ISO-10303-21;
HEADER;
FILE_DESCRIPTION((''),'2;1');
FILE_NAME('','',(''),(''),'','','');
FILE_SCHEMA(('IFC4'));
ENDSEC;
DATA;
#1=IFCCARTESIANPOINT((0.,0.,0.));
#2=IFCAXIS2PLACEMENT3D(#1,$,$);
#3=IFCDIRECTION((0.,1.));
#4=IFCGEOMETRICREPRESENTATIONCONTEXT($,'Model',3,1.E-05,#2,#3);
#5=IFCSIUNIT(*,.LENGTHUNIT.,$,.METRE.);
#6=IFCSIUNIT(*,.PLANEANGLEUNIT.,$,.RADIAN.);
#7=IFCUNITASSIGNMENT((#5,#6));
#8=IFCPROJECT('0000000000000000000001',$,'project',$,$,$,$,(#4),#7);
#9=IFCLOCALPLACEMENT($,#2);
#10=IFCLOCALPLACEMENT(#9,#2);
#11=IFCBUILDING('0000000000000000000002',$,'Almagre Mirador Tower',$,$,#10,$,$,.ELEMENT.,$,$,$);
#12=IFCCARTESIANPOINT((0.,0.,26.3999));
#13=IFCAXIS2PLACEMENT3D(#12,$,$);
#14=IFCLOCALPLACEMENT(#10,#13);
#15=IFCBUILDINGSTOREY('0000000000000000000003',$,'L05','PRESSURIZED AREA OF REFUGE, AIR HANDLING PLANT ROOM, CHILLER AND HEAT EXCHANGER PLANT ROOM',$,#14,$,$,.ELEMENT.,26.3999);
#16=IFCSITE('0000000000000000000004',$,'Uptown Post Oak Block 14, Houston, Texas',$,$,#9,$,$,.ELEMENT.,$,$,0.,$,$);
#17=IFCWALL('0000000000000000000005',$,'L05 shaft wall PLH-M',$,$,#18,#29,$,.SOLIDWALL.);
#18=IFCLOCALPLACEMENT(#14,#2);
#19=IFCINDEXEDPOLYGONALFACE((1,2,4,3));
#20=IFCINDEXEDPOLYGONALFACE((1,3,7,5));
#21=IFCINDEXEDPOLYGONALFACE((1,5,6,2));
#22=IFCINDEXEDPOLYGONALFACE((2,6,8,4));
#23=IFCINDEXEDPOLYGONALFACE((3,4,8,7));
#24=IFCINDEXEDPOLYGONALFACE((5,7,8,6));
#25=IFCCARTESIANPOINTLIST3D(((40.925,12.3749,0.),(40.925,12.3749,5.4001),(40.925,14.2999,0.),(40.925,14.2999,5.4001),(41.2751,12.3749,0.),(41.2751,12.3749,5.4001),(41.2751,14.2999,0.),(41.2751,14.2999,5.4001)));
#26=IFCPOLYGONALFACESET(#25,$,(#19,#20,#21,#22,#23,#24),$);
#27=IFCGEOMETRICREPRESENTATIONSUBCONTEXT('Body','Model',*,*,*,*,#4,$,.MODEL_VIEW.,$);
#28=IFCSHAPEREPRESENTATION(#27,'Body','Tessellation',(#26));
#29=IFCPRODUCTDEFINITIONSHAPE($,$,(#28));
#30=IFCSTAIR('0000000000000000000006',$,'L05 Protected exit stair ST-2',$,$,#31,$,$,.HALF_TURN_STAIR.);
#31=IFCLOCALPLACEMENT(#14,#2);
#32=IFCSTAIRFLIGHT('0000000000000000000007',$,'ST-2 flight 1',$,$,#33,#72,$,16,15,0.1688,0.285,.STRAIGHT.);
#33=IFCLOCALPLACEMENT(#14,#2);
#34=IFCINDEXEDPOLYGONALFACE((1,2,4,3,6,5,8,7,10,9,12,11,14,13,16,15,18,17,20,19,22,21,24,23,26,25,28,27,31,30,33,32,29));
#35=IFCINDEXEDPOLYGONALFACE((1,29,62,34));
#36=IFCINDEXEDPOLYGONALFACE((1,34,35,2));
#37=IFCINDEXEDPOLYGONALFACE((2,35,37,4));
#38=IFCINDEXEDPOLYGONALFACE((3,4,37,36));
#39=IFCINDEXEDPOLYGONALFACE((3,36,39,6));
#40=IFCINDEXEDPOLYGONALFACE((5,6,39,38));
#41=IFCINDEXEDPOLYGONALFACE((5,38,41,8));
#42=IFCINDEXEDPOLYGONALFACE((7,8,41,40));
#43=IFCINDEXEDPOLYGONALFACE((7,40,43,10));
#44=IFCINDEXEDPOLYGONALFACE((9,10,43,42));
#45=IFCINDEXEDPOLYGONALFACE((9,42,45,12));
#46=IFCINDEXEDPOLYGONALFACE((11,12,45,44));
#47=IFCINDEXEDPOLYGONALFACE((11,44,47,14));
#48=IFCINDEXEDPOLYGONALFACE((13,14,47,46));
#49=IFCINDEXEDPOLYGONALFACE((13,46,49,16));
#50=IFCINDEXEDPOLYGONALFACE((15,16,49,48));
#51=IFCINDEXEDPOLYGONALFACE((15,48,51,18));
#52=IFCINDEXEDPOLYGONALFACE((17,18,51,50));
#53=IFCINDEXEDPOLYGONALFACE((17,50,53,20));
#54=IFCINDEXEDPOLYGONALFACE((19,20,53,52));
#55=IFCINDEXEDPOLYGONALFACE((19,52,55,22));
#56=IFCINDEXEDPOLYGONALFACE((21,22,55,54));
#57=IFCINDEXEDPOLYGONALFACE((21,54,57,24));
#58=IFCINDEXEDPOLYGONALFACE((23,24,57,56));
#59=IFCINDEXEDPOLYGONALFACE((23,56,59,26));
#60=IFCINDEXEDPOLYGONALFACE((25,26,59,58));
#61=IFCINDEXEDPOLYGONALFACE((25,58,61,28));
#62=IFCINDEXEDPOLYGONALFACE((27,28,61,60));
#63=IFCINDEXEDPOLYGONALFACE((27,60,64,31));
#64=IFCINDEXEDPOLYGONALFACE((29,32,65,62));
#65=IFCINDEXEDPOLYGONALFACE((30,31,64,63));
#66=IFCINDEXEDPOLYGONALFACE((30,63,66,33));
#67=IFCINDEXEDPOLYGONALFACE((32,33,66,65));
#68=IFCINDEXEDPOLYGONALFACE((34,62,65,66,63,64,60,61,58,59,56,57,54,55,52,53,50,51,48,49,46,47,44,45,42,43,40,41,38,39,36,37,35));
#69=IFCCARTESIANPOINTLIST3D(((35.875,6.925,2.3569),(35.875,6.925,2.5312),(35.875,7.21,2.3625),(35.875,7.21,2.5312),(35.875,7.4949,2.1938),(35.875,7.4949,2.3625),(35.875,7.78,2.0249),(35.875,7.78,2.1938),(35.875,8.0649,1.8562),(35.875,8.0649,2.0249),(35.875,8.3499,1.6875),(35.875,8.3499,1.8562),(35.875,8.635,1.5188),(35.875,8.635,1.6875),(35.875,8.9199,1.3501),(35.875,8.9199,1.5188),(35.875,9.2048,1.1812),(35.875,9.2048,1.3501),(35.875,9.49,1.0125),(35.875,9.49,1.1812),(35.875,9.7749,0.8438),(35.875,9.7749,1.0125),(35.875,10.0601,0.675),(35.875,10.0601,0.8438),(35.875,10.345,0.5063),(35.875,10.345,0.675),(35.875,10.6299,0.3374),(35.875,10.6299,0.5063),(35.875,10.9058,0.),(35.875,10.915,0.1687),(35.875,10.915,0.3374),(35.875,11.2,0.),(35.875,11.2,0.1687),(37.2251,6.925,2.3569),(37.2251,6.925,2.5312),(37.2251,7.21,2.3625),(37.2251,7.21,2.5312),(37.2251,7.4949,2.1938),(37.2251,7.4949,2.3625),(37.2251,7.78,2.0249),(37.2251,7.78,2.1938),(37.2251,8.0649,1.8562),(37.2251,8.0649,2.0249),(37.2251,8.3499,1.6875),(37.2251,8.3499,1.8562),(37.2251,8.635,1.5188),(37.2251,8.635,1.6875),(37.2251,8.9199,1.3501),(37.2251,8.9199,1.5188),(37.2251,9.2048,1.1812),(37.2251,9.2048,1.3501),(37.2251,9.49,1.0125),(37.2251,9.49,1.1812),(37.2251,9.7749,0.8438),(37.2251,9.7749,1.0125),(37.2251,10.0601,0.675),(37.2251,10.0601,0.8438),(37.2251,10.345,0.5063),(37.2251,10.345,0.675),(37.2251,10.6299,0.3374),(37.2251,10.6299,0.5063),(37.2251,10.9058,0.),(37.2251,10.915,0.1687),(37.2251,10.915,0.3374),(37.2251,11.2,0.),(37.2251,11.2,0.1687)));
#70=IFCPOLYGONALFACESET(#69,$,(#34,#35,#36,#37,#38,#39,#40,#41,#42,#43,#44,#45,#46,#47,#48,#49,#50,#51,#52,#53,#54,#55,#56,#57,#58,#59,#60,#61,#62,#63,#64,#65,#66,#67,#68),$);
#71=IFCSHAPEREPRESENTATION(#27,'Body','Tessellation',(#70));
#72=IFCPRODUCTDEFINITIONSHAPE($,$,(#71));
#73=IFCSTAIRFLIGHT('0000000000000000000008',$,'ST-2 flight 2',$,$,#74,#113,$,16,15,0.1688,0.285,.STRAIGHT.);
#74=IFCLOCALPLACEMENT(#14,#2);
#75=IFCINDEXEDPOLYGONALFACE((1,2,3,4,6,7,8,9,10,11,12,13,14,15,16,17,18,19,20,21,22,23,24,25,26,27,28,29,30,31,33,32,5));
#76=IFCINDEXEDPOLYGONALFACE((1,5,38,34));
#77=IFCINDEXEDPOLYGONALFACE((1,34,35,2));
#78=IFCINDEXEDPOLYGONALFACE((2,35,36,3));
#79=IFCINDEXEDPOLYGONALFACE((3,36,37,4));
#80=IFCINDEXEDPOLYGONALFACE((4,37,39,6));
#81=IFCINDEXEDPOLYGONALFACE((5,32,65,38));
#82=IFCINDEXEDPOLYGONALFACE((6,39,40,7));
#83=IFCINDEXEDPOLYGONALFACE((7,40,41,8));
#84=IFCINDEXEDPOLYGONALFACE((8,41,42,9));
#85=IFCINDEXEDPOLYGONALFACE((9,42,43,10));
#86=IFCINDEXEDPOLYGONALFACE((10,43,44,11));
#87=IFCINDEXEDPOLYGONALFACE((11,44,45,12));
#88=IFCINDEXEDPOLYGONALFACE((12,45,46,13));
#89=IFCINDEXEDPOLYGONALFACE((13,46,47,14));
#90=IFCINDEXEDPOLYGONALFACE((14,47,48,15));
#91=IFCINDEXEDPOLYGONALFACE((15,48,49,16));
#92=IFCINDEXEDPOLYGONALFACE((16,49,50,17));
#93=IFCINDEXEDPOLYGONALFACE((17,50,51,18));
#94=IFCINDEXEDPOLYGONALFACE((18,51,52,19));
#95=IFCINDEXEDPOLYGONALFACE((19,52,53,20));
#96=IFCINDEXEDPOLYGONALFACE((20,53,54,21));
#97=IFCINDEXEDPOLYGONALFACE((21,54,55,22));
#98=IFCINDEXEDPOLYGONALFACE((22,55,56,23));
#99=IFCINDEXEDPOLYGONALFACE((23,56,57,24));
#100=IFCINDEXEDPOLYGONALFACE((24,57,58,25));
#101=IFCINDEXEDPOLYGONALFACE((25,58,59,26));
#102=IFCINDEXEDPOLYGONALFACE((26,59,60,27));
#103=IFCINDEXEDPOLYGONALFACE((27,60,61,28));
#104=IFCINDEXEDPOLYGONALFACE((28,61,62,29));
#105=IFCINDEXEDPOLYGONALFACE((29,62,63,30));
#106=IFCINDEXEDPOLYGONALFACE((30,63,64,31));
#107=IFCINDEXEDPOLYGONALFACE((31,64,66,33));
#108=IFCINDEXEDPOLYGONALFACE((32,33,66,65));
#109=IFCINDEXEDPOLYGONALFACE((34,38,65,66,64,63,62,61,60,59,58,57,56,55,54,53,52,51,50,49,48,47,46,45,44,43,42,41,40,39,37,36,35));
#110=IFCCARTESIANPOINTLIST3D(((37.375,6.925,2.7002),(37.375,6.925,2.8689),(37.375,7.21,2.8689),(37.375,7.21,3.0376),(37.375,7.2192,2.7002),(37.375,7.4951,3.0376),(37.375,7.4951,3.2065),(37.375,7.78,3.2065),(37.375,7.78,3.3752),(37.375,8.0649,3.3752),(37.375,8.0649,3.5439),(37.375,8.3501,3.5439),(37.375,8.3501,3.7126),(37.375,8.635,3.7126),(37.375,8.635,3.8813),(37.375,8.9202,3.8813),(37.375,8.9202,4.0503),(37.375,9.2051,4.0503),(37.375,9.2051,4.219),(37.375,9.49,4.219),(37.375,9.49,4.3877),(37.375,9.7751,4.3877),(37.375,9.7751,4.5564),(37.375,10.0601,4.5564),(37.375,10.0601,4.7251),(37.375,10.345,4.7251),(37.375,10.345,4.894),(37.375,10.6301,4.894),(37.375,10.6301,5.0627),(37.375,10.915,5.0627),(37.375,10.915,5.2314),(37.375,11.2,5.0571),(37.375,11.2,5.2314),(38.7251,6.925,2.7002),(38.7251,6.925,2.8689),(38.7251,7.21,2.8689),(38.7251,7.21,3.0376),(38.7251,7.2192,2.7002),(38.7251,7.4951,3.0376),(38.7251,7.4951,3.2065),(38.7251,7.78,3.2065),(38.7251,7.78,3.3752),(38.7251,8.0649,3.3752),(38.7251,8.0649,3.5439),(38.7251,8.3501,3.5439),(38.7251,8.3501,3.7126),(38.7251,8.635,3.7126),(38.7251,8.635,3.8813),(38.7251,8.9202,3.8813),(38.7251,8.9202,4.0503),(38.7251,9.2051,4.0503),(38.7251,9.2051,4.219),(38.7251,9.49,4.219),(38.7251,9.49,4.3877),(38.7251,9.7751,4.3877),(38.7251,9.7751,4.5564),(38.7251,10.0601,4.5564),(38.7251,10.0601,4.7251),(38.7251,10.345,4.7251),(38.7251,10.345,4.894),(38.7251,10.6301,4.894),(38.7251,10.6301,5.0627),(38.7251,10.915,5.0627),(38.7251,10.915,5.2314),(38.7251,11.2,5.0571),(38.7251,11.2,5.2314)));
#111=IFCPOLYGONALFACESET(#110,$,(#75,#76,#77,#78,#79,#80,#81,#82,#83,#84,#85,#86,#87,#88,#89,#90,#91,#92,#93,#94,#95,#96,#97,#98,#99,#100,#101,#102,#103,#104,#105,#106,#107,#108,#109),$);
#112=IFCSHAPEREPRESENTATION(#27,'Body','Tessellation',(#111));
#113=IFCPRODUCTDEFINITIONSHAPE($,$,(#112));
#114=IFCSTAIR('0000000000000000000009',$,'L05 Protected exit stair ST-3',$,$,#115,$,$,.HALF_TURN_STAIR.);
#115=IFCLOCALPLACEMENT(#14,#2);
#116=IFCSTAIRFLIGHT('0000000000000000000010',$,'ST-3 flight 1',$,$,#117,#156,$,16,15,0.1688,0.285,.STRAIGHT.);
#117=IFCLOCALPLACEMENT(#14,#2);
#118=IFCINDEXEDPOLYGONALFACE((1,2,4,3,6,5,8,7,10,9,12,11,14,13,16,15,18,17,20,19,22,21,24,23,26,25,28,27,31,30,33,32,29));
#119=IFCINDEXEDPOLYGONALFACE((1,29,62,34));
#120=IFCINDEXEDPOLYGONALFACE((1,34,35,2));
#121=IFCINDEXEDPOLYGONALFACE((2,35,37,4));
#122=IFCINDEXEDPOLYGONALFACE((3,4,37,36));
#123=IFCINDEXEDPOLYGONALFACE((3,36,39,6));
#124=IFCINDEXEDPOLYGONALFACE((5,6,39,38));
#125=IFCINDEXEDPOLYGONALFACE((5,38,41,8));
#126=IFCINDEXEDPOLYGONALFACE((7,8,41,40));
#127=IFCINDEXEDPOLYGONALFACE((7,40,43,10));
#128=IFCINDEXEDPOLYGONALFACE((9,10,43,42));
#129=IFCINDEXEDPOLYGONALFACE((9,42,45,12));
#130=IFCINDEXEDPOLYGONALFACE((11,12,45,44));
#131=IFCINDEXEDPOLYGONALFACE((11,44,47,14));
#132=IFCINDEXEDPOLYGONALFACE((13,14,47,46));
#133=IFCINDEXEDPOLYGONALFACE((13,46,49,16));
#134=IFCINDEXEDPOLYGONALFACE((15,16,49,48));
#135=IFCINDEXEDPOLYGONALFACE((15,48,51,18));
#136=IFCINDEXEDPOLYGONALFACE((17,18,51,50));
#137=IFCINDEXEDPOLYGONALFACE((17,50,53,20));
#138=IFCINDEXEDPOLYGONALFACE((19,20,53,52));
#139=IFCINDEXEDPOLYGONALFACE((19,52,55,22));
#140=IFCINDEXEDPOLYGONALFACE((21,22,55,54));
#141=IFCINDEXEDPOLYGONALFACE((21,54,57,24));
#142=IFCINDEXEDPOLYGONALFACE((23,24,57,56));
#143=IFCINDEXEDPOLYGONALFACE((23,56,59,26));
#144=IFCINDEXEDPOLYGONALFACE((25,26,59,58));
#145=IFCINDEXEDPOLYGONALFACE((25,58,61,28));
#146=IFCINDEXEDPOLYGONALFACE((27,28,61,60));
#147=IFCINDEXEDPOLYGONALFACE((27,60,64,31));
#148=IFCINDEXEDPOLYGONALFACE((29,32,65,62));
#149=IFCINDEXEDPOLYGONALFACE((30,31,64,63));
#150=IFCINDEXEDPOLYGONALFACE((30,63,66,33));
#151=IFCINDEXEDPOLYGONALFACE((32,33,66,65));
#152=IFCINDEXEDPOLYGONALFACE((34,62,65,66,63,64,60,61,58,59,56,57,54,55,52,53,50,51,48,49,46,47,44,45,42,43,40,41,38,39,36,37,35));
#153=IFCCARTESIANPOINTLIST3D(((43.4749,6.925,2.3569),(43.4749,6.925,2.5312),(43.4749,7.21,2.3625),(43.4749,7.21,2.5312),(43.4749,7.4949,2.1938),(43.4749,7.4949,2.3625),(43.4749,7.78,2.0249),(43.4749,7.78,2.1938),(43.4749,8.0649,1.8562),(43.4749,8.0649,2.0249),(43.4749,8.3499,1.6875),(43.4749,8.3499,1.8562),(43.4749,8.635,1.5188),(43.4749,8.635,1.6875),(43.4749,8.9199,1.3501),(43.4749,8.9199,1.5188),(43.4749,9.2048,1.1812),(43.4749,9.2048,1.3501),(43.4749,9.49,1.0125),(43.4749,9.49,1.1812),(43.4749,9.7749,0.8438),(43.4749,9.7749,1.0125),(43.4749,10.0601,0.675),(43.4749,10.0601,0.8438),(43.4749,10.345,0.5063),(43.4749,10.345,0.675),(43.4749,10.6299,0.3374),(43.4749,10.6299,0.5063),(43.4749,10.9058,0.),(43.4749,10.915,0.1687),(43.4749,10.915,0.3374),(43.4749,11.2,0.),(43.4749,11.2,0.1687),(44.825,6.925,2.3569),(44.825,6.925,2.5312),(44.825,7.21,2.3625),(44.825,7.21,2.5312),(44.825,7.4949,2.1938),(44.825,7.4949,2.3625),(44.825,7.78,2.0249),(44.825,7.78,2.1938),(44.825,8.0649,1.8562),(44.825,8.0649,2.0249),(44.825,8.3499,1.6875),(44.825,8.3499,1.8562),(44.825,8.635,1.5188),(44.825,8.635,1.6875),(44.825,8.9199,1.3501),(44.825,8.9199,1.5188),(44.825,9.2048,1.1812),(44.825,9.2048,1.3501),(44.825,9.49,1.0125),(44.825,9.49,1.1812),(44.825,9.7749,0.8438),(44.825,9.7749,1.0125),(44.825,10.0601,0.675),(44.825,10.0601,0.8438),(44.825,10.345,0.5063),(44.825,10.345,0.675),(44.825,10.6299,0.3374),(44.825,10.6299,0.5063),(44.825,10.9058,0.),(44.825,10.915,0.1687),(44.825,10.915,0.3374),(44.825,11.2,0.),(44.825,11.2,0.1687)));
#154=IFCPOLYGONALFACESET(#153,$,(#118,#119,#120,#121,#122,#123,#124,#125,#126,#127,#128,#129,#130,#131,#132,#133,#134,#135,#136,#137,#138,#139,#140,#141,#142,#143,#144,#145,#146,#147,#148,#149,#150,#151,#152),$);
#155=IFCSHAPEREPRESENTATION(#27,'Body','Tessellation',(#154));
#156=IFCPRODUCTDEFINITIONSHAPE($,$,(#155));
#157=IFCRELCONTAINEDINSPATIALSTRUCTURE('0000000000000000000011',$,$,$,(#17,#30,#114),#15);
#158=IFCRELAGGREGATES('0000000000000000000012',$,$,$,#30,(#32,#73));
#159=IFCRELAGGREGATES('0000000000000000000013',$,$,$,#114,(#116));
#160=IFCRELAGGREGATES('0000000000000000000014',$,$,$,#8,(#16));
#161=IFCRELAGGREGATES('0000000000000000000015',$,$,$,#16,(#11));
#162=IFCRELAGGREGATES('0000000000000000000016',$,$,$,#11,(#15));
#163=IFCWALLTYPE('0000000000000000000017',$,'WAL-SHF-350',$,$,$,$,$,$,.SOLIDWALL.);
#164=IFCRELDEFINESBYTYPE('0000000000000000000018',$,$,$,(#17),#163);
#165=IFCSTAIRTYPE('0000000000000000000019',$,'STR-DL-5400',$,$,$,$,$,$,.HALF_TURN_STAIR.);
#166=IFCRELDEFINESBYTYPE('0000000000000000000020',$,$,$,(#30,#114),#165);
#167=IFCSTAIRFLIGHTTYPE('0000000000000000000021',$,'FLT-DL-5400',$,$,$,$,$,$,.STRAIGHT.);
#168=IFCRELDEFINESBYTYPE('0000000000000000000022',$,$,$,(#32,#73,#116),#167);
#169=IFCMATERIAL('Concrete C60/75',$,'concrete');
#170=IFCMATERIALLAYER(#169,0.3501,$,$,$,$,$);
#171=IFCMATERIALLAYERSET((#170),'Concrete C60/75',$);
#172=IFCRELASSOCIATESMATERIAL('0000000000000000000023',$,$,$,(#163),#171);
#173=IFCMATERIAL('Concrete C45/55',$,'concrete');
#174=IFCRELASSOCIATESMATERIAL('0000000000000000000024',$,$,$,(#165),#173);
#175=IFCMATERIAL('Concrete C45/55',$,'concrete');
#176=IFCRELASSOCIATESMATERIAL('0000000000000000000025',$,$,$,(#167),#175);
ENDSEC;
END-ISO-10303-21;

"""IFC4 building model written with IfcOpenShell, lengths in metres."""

from ifc_helpers import new_model, si_unit, direction, frame, frame_2d, origin, place, context, subcontext, project, spatial, polyline, rectangle, outline, extrude, material, layer, layer_set, type_object, element, aggregate, save


model = new_model("IFC4")

# Units and contexts
model_context = context("Model", 3, precision=1e-05, world=origin(), true_north=direction((0.0, 1.0)))
body_context = subcontext(model_context, "Body", "Model", "MODEL_VIEW")
ifc_project = project(units=[si_unit("LENGTHUNIT", "METRE"), si_unit("PLANEANGLEUNIT", "RADIAN")], contexts=[model_context])

# Site, building, storey
site_placement = place(None, origin())
site = spatial("IfcSite", under=ifc_project, at=site_placement, Name="Uptown Post Oak Block 14, Houston, Texas", CompositionType="ELEMENT", RefElevation=0.0)
building_placement = place(site_placement, origin())
building = spatial("IfcBuilding", under=site, at=building_placement, Name="Almagre Mirador Tower", CompositionType="ELEMENT")
storey_placement = place(building_placement, frame((0.0, 0.0, 26.3999)))
storey = spatial("IfcBuildingStorey", under=building, at=storey_placement, Name="L05", Description="PRESSURIZED AREA OF REFUGE, AIR HANDLING PLANT ROOM, CHILLER AND HEAT EXCHANGER PLANT ROOM", CompositionType="ELEMENT", Elevation=26.3999)

# Shared definitions
ifc_material_1 = material(Name="Concrete C60/75", Category="concrete")
ifc_layer_1 = layer(ifc_material_1, 0.3501)
ifc_layer_set_1 = layer_set([ifc_layer_1], Name="Concrete C60/75")
wall_type_1 = type_object("IfcWallType", Name="WAL-SHF-350", PredefinedType="SOLIDWALL", material=ifc_layer_set_1)

# Wall
wall_1_placement = place(storey_placement, frame((41.1001, 12.375, 0.0), z_axis=(0.0, 0.0, 1.0), x_axis=(0.0, 1.0, 0.0)))
element("IfcWall", 1, at=wall_1_placement, inside=storey, type_object=wall_type_1, Name="L05 shaft wall PLH-M", PredefinedType="SOLIDWALL", context=body_context, shape_type="SweptSolid", body=[
    extrude(rectangle(XDim=1.925, YDim=0.3501, at=frame_2d((0.9624, 0.0))), origin(), (0.0, 0.0, 1.0), 5.4001),
])

# Stair, stair flights
ifc_material_2 = material(Name="Concrete C45/55", Category="concrete")
stair_type = type_object("IfcStairType", Name="STR-DL-5400", PredefinedType="HALF_TURN_STAIR", material=ifc_material_2)
stair_1_placement = place(storey_placement, origin())
stair_1 = element("IfcStair", 2, at=stair_1_placement, inside=storey, type_object=stair_type, Name="L05 Protected exit stair ST-2", PredefinedType="HALF_TURN_STAIR")
ifc_material_3 = material(Name="Concrete C45/55", Category="concrete")
stair_flight_type = type_object("IfcStairFlightType", Name="FLT-DL-5400", PredefinedType="STRAIGHT", material=ifc_material_3)
stair_flight_1_placement = place(storey_placement, frame((36.55, 11.2, 0.0), z_axis=(0.0, 0.0, 1.0), x_axis=(0.0, -1.0, 0.0)))
stair_flight_1 = element("IfcStairFlight", 3, at=stair_flight_1_placement, type_object=stair_flight_type, Name="ST-2 flight 1", NumberOfRisers=16, NumberOfTreads=15, PredefinedType="STRAIGHT", RiserHeight=0.1688, TreadLength=0.285, context=body_context, shape_type="SweptSolid", body=[
    extrude(outline(polyline([(0.0, 0.0), (0.0, 0.1687), (0.2849, 0.1687), (0.2849, 0.3374), (0.5701, 0.3374), (0.5701, 0.5063), (0.855, 0.5063), (0.855, 0.675), (1.1399, 0.675), (1.1399, 0.8438), (1.425, 0.8438), (1.425, 1.0125), (1.71, 1.0125), (1.71, 1.1812), (1.9951, 1.1812), (1.9951, 1.3501), (2.28, 1.3501), (2.28, 1.5188), (2.5649, 1.5188), (2.5649, 1.6875), (2.8501, 1.6875), (2.8501, 1.8562), (3.135, 1.8562), (3.135, 2.0249), (3.4199, 2.0249), (3.4199, 2.1938), (3.7051, 2.1938), (3.7051, 2.3625), (3.99, 2.3625), (3.99, 2.5312), (4.2749, 2.5312), (4.2749, 2.7), (4.2749, 2.3569), (0.2942, 0.0), (0.0, 0.0)])), frame((0.0, 0.675, 0.0), z_axis=(0.0, -1.0, 0.0), x_axis=(1.0, 0.0, 0.0)), (0.0, 0.0, 1.0), 1.3501),
])
stair_flight_2_placement = place(storey_placement, frame((38.05, 6.925, 2.7002), z_axis=(0.0, 0.0, 1.0), x_axis=(0.0, 1.0, 0.0)))
stair_flight_2 = element("IfcStairFlight", 4, at=stair_flight_2_placement, type_object=stair_flight_type, Name="ST-2 flight 2", NumberOfRisers=16, NumberOfTreads=15, PredefinedType="STRAIGHT", RiserHeight=0.1688, TreadLength=0.285, context=body_context, shape_type="SweptSolid", body=[
    extrude(outline(polyline([(0.0, 0.0), (0.0, 0.1687), (0.2849, 0.1687), (0.2849, 0.3374), (0.5701, 0.3374), (0.5701, 0.5063), (0.855, 0.5063), (0.855, 0.675), (1.1399, 0.675), (1.1399, 0.8438), (1.425, 0.8438), (1.425, 1.0125), (1.71, 1.0125), (1.71, 1.1812), (1.9951, 1.1812), (1.9951, 1.3501), (2.28, 1.3501), (2.28, 1.5188), (2.5649, 1.5188), (2.5649, 1.6875), (2.8501, 1.6875), (2.8501, 1.8562), (3.135, 1.8562), (3.135, 2.0249), (3.4199, 2.0249), (3.4199, 2.1938), (3.7051, 2.1938), (3.7051, 2.3625), (3.99, 2.3625), (3.99, 2.5312), (4.2749, 2.5312), (4.2749, 2.7), (4.2749, 2.3569), (0.2942, 0.0), (0.0, 0.0)])), frame((0.0, 0.675, 0.0), z_axis=(0.0, -1.0, 0.0), x_axis=(1.0, 0.0, 0.0)), (0.0, 0.0, 1.0), 1.3501),
])
aggregate(stair_1, [stair_flight_1, stair_flight_2])

# Stair, stair flight
stair_2_placement = place(storey_placement, origin())
stair_2 = element("IfcStair", 5, at=stair_2_placement, inside=storey, type_object=stair_type, Name="L05 Protected exit stair ST-3", PredefinedType="HALF_TURN_STAIR")
stair_flight_3_placement = place(storey_placement, frame((44.1499, 11.2, 0.0), z_axis=(0.0, 0.0, 1.0), x_axis=(0.0, -1.0, 0.0)))
stair_flight_3 = element("IfcStairFlight", 6, at=stair_flight_3_placement, type_object=stair_flight_type, Name="ST-3 flight 1", NumberOfRisers=16, NumberOfTreads=15, PredefinedType="STRAIGHT", RiserHeight=0.1688, TreadLength=0.285, context=body_context, shape_type="SweptSolid", body=[
    extrude(outline(polyline([(0.0, 0.0), (0.0, 0.1687), (0.2849, 0.1687), (0.2849, 0.3374), (0.5701, 0.3374), (0.5701, 0.5063), (0.855, 0.5063), (0.855, 0.675), (1.1399, 0.675), (1.1399, 0.8438), (1.425, 0.8438), (1.425, 1.0125), (1.71, 1.0125), (1.71, 1.1812), (1.9951, 1.1812), (1.9951, 1.3501), (2.28, 1.3501), (2.28, 1.5188), (2.5649, 1.5188), (2.5649, 1.6875), (2.8501, 1.6875), (2.8501, 1.8562), (3.135, 1.8562), (3.135, 2.0249), (3.4199, 2.0249), (3.4199, 2.1938), (3.7051, 2.1938), (3.7051, 2.3625), (3.99, 2.3625), (3.99, 2.5312), (4.2749, 2.5312), (4.2749, 2.7), (4.2749, 2.3569), (0.2942, 0.0), (0.0, 0.0)])), frame((0.0, 0.675, 0.0), z_axis=(0.0, -1.0, 0.0), x_axis=(1.0, 0.0, 0.0)), (0.0, 0.0, 1.0), 1.3501),
])
aggregate(stair_2, [stair_flight_3])

save(model, "model.ifc")
